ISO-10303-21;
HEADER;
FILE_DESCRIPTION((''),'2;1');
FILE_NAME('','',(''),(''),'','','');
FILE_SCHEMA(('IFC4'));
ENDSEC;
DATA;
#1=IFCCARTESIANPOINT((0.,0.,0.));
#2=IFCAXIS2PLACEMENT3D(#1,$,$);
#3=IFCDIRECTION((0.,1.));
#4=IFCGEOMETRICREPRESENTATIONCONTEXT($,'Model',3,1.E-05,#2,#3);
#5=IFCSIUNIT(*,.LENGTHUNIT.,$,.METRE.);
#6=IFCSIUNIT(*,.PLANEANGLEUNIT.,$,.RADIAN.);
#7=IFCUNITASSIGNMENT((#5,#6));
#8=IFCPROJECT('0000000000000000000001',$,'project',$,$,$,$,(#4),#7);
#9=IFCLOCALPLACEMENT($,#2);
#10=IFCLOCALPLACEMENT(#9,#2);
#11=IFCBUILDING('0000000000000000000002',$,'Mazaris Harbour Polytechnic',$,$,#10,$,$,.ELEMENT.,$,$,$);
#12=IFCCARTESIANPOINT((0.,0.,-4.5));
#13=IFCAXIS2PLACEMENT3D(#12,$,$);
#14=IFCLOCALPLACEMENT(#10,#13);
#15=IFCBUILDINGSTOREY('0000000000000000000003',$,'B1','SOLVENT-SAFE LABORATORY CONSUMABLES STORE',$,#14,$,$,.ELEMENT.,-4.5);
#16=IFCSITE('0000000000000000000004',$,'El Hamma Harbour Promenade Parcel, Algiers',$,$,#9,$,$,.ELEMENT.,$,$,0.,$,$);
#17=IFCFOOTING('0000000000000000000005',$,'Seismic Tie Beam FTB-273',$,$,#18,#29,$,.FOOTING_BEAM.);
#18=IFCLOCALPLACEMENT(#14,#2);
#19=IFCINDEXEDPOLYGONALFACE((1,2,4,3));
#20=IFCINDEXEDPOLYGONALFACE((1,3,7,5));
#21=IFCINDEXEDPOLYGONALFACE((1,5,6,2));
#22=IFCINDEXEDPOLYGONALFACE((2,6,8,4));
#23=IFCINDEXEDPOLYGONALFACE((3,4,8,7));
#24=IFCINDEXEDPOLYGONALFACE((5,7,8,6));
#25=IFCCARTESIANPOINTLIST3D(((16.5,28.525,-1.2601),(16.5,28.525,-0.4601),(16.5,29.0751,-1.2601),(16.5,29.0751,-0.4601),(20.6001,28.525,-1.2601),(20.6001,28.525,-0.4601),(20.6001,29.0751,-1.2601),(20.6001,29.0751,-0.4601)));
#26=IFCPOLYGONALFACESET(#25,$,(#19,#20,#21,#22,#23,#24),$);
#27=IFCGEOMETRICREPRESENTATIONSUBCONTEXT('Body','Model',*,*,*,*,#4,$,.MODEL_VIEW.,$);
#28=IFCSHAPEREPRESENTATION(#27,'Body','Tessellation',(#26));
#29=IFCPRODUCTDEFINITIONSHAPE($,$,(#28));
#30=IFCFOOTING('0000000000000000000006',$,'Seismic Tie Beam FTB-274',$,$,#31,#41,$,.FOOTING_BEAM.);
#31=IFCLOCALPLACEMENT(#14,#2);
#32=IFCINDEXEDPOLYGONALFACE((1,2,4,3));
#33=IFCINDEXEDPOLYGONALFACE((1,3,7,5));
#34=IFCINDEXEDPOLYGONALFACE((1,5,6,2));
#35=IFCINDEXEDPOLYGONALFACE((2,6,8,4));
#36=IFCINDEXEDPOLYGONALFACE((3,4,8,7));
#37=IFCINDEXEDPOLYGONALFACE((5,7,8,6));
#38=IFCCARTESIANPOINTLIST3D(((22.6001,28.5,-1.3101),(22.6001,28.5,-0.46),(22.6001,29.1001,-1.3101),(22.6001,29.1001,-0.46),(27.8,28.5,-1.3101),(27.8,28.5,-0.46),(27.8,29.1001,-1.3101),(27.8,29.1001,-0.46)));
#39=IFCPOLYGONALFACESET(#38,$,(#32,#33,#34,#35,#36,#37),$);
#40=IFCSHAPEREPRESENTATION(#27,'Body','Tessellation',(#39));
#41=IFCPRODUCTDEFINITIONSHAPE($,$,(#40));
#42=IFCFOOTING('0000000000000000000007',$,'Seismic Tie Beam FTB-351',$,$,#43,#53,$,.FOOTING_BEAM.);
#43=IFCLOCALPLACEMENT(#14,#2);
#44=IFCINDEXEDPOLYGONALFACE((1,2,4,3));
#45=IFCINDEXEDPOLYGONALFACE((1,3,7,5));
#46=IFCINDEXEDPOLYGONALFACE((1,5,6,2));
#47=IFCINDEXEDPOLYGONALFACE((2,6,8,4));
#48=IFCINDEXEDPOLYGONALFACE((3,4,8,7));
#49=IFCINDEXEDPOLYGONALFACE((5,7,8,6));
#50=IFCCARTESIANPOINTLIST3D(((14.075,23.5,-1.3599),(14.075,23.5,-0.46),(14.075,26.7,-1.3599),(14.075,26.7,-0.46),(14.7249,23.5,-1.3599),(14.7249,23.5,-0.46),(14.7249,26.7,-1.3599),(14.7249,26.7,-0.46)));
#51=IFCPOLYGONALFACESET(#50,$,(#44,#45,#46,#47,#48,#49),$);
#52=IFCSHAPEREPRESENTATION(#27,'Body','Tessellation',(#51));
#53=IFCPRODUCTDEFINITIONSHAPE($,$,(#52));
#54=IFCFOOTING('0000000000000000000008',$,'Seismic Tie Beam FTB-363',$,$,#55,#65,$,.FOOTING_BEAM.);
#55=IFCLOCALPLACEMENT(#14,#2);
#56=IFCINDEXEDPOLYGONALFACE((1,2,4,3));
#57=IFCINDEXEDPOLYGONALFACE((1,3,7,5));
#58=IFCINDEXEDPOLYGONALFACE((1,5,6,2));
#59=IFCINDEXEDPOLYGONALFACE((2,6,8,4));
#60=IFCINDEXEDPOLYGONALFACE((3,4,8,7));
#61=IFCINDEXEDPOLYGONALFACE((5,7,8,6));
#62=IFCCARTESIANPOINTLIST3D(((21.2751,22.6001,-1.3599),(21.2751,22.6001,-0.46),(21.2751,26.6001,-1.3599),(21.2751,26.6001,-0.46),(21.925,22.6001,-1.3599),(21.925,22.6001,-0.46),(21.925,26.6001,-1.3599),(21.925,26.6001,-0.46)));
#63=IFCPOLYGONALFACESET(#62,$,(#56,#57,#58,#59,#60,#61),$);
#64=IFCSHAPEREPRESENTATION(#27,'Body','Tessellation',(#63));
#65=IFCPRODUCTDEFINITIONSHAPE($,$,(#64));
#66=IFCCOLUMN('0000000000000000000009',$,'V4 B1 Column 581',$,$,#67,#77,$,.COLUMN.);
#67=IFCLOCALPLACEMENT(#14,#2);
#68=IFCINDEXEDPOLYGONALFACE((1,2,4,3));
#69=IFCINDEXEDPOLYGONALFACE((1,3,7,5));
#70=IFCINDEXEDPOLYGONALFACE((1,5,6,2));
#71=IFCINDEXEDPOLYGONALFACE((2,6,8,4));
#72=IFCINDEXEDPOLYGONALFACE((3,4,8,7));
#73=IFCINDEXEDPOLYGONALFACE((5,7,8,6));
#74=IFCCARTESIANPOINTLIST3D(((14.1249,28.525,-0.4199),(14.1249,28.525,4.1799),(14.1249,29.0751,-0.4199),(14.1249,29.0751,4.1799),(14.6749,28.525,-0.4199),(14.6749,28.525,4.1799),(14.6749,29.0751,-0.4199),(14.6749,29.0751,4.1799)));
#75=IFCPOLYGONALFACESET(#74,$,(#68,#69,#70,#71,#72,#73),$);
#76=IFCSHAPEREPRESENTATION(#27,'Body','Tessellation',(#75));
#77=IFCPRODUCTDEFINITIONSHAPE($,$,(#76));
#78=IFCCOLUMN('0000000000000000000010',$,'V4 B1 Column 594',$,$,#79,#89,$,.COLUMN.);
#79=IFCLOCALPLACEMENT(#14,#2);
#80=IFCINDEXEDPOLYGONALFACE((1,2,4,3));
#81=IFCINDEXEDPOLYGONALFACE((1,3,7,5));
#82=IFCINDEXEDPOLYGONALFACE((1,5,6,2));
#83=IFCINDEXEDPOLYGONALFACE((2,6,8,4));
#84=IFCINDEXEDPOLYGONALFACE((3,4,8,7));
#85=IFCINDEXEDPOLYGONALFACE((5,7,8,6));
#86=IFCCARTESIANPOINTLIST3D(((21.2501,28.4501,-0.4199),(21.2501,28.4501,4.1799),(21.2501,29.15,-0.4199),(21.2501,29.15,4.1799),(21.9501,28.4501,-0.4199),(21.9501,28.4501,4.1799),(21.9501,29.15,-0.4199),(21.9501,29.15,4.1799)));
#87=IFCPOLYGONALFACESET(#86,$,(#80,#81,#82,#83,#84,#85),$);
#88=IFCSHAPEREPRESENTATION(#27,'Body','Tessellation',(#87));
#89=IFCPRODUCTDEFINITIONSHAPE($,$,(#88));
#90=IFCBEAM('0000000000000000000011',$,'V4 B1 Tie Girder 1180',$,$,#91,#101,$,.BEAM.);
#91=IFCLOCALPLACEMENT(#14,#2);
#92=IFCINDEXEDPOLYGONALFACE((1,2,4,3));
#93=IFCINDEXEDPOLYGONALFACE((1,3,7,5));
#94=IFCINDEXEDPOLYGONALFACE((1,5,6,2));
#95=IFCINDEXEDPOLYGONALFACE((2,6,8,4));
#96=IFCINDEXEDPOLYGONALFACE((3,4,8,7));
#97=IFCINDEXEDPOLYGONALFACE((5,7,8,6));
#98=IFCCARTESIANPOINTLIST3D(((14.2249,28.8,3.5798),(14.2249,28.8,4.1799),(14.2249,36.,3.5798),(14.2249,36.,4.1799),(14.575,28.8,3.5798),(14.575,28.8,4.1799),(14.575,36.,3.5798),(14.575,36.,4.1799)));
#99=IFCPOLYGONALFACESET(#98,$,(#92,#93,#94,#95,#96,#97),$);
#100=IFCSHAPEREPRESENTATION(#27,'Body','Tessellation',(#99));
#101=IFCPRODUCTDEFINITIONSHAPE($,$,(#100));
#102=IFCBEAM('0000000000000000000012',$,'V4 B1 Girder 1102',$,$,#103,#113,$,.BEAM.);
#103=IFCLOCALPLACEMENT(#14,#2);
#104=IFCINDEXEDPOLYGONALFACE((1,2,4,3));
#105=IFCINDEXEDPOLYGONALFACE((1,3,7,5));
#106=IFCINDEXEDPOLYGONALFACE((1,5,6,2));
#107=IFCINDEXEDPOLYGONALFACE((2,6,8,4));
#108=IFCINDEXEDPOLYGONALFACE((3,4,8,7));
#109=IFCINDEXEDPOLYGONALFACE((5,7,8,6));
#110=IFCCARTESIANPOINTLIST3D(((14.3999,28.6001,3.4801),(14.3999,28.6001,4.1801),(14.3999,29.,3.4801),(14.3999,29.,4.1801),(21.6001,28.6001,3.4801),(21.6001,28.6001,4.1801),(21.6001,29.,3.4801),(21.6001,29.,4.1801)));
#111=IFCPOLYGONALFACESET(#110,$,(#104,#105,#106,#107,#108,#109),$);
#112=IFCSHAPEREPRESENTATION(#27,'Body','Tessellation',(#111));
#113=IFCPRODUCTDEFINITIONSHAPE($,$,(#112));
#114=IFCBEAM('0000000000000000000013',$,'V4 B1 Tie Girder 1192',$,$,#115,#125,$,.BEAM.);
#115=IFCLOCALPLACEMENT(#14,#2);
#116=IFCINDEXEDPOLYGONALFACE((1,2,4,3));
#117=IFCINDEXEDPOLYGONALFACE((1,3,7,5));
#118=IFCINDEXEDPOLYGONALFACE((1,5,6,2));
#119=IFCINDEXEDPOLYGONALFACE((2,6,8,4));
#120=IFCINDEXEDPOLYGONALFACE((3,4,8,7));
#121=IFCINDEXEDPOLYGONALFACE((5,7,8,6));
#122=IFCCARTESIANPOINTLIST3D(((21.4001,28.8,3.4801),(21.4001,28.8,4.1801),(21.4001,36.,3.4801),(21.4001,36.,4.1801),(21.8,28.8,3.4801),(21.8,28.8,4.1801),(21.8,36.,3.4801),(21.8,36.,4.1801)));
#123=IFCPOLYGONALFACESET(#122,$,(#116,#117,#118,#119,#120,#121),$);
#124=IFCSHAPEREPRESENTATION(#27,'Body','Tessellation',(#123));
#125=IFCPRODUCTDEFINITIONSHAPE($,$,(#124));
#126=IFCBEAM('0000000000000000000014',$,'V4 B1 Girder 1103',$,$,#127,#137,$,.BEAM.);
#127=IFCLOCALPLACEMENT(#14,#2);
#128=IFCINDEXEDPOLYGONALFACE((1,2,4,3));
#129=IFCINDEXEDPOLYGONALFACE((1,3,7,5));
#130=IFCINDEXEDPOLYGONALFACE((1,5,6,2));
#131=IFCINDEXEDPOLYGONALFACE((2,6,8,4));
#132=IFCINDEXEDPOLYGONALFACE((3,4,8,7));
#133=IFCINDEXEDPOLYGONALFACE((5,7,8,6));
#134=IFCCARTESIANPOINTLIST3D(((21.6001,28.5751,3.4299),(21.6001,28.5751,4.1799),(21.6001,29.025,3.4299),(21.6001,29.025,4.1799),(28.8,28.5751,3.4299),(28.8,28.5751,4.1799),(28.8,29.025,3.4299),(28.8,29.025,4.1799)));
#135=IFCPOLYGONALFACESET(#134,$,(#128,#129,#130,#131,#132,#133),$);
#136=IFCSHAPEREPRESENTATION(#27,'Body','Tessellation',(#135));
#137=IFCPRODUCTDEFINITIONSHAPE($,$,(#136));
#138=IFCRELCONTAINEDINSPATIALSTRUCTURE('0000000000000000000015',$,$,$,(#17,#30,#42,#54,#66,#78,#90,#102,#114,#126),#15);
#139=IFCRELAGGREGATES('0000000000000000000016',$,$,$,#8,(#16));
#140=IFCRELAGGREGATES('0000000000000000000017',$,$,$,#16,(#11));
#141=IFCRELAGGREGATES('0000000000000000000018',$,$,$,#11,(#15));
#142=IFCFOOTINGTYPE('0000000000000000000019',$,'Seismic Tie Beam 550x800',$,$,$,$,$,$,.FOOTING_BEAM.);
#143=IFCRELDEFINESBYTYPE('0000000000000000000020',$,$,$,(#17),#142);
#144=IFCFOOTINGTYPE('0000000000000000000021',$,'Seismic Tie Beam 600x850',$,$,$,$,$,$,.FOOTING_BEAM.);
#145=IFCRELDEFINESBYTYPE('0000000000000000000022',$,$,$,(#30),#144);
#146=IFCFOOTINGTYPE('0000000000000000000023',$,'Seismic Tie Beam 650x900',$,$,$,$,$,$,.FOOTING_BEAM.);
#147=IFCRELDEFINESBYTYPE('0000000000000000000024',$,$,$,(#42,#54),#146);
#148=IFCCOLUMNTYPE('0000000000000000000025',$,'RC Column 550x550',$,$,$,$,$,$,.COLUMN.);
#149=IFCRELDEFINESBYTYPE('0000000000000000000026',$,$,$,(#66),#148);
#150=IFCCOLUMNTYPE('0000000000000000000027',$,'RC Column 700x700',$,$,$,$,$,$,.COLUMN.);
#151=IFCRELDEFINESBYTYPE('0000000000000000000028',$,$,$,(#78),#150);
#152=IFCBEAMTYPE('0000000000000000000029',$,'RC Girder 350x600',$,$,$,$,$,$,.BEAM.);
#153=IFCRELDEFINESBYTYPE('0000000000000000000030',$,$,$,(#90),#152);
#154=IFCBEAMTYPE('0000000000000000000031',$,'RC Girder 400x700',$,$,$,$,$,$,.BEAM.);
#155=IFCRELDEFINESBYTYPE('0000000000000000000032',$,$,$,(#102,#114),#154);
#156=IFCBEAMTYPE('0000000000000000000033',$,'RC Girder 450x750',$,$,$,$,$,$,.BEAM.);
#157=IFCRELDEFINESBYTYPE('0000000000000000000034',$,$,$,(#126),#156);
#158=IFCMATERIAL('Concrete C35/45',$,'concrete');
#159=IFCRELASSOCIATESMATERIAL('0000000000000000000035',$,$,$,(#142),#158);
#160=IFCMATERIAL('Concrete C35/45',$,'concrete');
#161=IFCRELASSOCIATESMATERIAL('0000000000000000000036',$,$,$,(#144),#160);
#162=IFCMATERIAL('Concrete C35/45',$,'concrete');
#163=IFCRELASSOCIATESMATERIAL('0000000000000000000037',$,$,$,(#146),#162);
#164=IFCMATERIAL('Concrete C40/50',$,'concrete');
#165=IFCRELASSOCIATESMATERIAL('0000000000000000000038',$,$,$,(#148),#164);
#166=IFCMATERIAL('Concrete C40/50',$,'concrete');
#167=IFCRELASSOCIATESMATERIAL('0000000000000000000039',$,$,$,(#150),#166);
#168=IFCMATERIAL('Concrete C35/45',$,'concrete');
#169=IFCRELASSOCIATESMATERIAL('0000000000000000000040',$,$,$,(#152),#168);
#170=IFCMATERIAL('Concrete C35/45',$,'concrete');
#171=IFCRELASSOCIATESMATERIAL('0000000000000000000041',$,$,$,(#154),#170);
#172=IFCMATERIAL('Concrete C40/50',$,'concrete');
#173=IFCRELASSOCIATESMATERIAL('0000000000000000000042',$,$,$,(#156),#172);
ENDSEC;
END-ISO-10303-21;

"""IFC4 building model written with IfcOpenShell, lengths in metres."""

from ifc_helpers import new_model, si_unit, direction, frame, origin, origin_2d, place, context, subcontext, project, spatial, rectangle, extrude, material, material_profile, profile_set, type_object, element, save


model = new_model("IFC4")

# Units and contexts
model_context = context("Model", 3, precision=1e-05, world=origin(), true_north=direction((0.0, 1.0)))
body_context = subcontext(model_context, "Body", "Model", "MODEL_VIEW")
ifc_project = project(units=[si_unit("LENGTHUNIT", "METRE"), si_unit("PLANEANGLEUNIT", "RADIAN")], contexts=[model_context])

# Site, building, storey
site_placement = place(None, origin())
site = spatial("IfcSite", under=ifc_project, at=site_placement, Name="El Hamma Harbour Promenade Parcel, Algiers", CompositionType="ELEMENT", RefElevation=0.0)
building_placement = place(site_placement, origin())
building = spatial("IfcBuilding", under=site, at=building_placement, Name="Mazaris Harbour Polytechnic", CompositionType="ELEMENT")
storey_placement = place(building_placement, frame((0.0, 0.0, -4.5)))
storey = spatial("IfcBuildingStorey", under=building, at=storey_placement, Name="B1", Description="SOLVENT-SAFE LABORATORY CONSUMABLES STORE", CompositionType="ELEMENT", Elevation=-4.5)

# Footings
ifc_material_1 = material(Name="Concrete C35/45", Category="concrete")
ifc_material_profile_1 = material_profile(ifc_material_1, rectangle(XDim=0.55, YDim=0.8, at=origin_2d()), Name="RECT550x800")
ifc_profile_set_1 = profile_set([ifc_material_profile_1], Name="Concrete C35/45")
footing_type_1 = type_object("IfcFootingType", Name="Seismic Tie Beam 550x800", PredefinedType="FOOTING_BEAM", material=ifc_profile_set_1)
footing_1_placement = place(storey_placement, frame((16.5, 28.8, -0.8601), z_axis=(1.0, 0.0, 0.0), x_axis=(0.0, 1.0, 0.0)))
element("IfcFooting", 1, at=footing_1_placement, inside=storey, type_object=footing_type_1, Name="Seismic Tie Beam FTB-273", PredefinedType="FOOTING_BEAM", context=body_context, shape_type="SweptSolid", body=[
    extrude(rectangle(XDim=0.55, YDim=0.8, at=origin_2d()), origin(), (0.0, 0.0, 1.0), 4.1001),
])
ifc_material_2 = material(Name="Concrete C35/45", Category="concrete")
ifc_material_profile_2 = material_profile(ifc_material_2, rectangle(XDim=0.6001, YDim=0.8501, at=origin_2d()), Name="RECT600x850")
ifc_profile_set_2 = profile_set([ifc_material_profile_2], Name="Concrete C35/45")
footing_type_2 = type_object("IfcFootingType", Name="Seismic Tie Beam 600x850", PredefinedType="FOOTING_BEAM", material=ifc_profile_set_2)
footing_2_placement = place(storey_placement, frame((22.6001, 28.8, -0.885), z_axis=(1.0, 0.0, 0.0), x_axis=(0.0, 1.0, 0.0)))
element("IfcFooting", 2, at=footing_2_placement, inside=storey, type_object=footing_type_2, Name="Seismic Tie Beam FTB-274", PredefinedType="FOOTING_BEAM", context=body_context, shape_type="SweptSolid", body=[
    extrude(rectangle(XDim=0.6001, YDim=0.8501, at=origin_2d()), origin(), (0.0, 0.0, 1.0), 5.2),
])
ifc_material_3 = material(Name="Concrete C35/45", Category="concrete")
ifc_material_profile_3 = material_profile(ifc_material_3, rectangle(XDim=0.6499, YDim=0.8999, at=origin_2d()), Name="RECT650x900")
ifc_profile_set_3 = profile_set([ifc_material_profile_3], Name="Concrete C35/45")
footing_type_3 = type_object("IfcFootingType", Name="Seismic Tie Beam 650x900", PredefinedType="FOOTING_BEAM", material=ifc_profile_set_3)
footing_3_placement = place(storey_placement, frame((14.3999, 23.5, -0.9099), z_axis=(0.0, 1.0, 0.0), x_axis=(-1.0, 0.0, 0.0)))
element("IfcFooting", 3, at=footing_3_placement, inside=storey, type_object=footing_type_3, Name="Seismic Tie Beam FTB-351", PredefinedType="FOOTING_BEAM", context=body_context, shape_type="SweptSolid", body=[
    extrude(rectangle(XDim=0.6499, YDim=0.8999, at=origin_2d()), origin(), (0.0, 0.0, 1.0), 3.2),
])
footing_4_placement = place(storey_placement, frame((21.6001, 22.6001, -0.9099), z_axis=(0.0, 1.0, 0.0), x_axis=(-1.0, 0.0, 0.0)))
element("IfcFooting", 4, at=footing_4_placement, inside=storey, type_object=footing_type_3, Name="Seismic Tie Beam FTB-363", PredefinedType="FOOTING_BEAM", context=body_context, shape_type="SweptSolid", body=[
    extrude(rectangle(XDim=0.6499, YDim=0.8999, at=origin_2d()), origin(), (0.0, 0.0, 1.0), 4.0),
])

# Columns
ifc_material_4 = material(Name="Concrete C40/50", Category="concrete")
ifc_material_profile_4 = material_profile(ifc_material_4, rectangle(XDim=0.55, YDim=0.55, at=origin_2d()), Name="RECT550x550")
ifc_profile_set_4 = profile_set([ifc_material_profile_4], Name="Concrete C40/50")
column_type_1 = type_object("IfcColumnType", Name="RC Column 550x550", PredefinedType="COLUMN", material=ifc_profile_set_4)
column_1_placement = place(storey_placement, frame((14.3999, 28.8, -0.4199), z_axis=(0.0, 0.0, 1.0), x_axis=(1.0, 0.0, 0.0)))
element("IfcColumn", 5, at=column_1_placement, inside=storey, type_object=column_type_1, Name="V4 B1 Column 581", PredefinedType="COLUMN", context=body_context, shape_type="SweptSolid", body=[
    extrude(rectangle(XDim=0.55, YDim=0.55, at=origin_2d()), origin(), (0.0, 0.0, 1.0), 4.5999),
])
ifc_material_5 = material(Name="Concrete C40/50", Category="concrete")
ifc_material_profile_5 = material_profile(ifc_material_5, rectangle(XDim=0.7, YDim=0.7, at=origin_2d()), Name="RECT700x700")
ifc_profile_set_5 = profile_set([ifc_material_profile_5], Name="Concrete C40/50")
column_type_2 = type_object("IfcColumnType", Name="RC Column 700x700", PredefinedType="COLUMN", material=ifc_profile_set_5)
column_2_placement = place(storey_placement, frame((21.6001, 28.8, -0.4199), z_axis=(0.0, 0.0, 1.0), x_axis=(1.0, 0.0, 0.0)))
element("IfcColumn", 6, at=column_2_placement, inside=storey, type_object=column_type_2, Name="V4 B1 Column 594", PredefinedType="COLUMN", context=body_context, shape_type="SweptSolid", body=[
    extrude(rectangle(XDim=0.7, YDim=0.7, at=origin_2d()), origin(), (0.0, 0.0, 1.0), 4.5999),
])

# Beams
ifc_material_6 = material(Name="Concrete C35/45", Category="concrete")
ifc_material_profile_6 = material_profile(ifc_material_6, rectangle(XDim=0.3501, YDim=0.6001, at=origin_2d()), Name="RECT350x600")
ifc_profile_set_6 = profile_set([ifc_material_profile_6], Name="Concrete C35/45")
beam_type_1 = type_object("IfcBeamType", Name="RC Girder 350x600", PredefinedType="BEAM", material=ifc_profile_set_6)
beam_1_placement = place(storey_placement, frame((14.3999, 28.8, 3.8799), z_axis=(0.0, 1.0, 0.0), x_axis=(-1.0, 0.0, 0.0)))
element("IfcBeam", 7, at=beam_1_placement, inside=storey, type_object=beam_type_1, Name="V4 B1 Tie Girder 1180", PredefinedType="BEAM", context=body_context, shape_type="SweptSolid", body=[
    extrude(rectangle(XDim=0.3501, YDim=0.6001, at=origin_2d()), origin(), (0.0, 0.0, 1.0), 7.2),
])
ifc_material_7 = material(Name="Concrete C35/45", Category="concrete")
ifc_material_profile_7 = material_profile(ifc_material_7, rectangle(XDim=0.3999, YDim=0.7, at=origin_2d()), Name="RECT400x700")
ifc_profile_set_7 = profile_set([ifc_material_profile_7], Name="Concrete C35/45")
beam_type_2 = type_object("IfcBeamType", Name="RC Girder 400x700", PredefinedType="BEAM", material=ifc_profile_set_7)
beam_2_placement = place(storey_placement, frame((14.3999, 28.8, 3.8301), z_axis=(1.0, 0.0, 0.0), x_axis=(0.0, 1.0, 0.0)))
element("IfcBeam", 8, at=beam_2_placement, inside=storey, type_object=beam_type_2, Name="V4 B1 Girder 1102", PredefinedType="BEAM", context=body_context, shape_type="SweptSolid", body=[
    extrude(rectangle(XDim=0.3999, YDim=0.7, at=origin_2d()), origin(), (0.0, 0.0, 1.0), 7.2002),
])
beam_3_placement = place(storey_placement, frame((21.6001, 28.8, 3.8301), z_axis=(0.0, 1.0, 0.0), x_axis=(-1.0, 0.0, 0.0)))
element("IfcBeam", 9, at=beam_3_placement, inside=storey, type_object=beam_type_2, Name="V4 B1 Tie Girder 1192", PredefinedType="BEAM", context=body_context, shape_type="SweptSolid", body=[
    extrude(rectangle(XDim=0.3999, YDim=0.7, at=origin_2d()), origin(), (0.0, 0.0, 1.0), 7.2),
])
ifc_material_8 = material(Name="Concrete C40/50", Category="concrete")
ifc_material_profile_8 = material_profile(ifc_material_8, rectangle(XDim=0.45, YDim=0.75, at=origin_2d()), Name="RECT450x750")
ifc_profile_set_8 = profile_set([ifc_material_profile_8], Name="Concrete C40/50")
beam_type_3 = type_object("IfcBeamType", Name="RC Girder 450x750", PredefinedType="BEAM", material=ifc_profile_set_8)
beam_4_placement = place(storey_placement, frame((21.6001, 28.8, 3.8049), z_axis=(1.0, 0.0, 0.0), x_axis=(0.0, 1.0, 0.0)))
element("IfcBeam", 10, at=beam_4_placement, inside=storey, type_object=beam_type_3, Name="V4 B1 Girder 1103", PredefinedType="BEAM", context=body_context, shape_type="SweptSolid", body=[
    extrude(rectangle(XDim=0.45, YDim=0.75, at=origin_2d()), origin(), (0.0, 0.0, 1.0), 7.2),
])

save(model, "model.ifc")
